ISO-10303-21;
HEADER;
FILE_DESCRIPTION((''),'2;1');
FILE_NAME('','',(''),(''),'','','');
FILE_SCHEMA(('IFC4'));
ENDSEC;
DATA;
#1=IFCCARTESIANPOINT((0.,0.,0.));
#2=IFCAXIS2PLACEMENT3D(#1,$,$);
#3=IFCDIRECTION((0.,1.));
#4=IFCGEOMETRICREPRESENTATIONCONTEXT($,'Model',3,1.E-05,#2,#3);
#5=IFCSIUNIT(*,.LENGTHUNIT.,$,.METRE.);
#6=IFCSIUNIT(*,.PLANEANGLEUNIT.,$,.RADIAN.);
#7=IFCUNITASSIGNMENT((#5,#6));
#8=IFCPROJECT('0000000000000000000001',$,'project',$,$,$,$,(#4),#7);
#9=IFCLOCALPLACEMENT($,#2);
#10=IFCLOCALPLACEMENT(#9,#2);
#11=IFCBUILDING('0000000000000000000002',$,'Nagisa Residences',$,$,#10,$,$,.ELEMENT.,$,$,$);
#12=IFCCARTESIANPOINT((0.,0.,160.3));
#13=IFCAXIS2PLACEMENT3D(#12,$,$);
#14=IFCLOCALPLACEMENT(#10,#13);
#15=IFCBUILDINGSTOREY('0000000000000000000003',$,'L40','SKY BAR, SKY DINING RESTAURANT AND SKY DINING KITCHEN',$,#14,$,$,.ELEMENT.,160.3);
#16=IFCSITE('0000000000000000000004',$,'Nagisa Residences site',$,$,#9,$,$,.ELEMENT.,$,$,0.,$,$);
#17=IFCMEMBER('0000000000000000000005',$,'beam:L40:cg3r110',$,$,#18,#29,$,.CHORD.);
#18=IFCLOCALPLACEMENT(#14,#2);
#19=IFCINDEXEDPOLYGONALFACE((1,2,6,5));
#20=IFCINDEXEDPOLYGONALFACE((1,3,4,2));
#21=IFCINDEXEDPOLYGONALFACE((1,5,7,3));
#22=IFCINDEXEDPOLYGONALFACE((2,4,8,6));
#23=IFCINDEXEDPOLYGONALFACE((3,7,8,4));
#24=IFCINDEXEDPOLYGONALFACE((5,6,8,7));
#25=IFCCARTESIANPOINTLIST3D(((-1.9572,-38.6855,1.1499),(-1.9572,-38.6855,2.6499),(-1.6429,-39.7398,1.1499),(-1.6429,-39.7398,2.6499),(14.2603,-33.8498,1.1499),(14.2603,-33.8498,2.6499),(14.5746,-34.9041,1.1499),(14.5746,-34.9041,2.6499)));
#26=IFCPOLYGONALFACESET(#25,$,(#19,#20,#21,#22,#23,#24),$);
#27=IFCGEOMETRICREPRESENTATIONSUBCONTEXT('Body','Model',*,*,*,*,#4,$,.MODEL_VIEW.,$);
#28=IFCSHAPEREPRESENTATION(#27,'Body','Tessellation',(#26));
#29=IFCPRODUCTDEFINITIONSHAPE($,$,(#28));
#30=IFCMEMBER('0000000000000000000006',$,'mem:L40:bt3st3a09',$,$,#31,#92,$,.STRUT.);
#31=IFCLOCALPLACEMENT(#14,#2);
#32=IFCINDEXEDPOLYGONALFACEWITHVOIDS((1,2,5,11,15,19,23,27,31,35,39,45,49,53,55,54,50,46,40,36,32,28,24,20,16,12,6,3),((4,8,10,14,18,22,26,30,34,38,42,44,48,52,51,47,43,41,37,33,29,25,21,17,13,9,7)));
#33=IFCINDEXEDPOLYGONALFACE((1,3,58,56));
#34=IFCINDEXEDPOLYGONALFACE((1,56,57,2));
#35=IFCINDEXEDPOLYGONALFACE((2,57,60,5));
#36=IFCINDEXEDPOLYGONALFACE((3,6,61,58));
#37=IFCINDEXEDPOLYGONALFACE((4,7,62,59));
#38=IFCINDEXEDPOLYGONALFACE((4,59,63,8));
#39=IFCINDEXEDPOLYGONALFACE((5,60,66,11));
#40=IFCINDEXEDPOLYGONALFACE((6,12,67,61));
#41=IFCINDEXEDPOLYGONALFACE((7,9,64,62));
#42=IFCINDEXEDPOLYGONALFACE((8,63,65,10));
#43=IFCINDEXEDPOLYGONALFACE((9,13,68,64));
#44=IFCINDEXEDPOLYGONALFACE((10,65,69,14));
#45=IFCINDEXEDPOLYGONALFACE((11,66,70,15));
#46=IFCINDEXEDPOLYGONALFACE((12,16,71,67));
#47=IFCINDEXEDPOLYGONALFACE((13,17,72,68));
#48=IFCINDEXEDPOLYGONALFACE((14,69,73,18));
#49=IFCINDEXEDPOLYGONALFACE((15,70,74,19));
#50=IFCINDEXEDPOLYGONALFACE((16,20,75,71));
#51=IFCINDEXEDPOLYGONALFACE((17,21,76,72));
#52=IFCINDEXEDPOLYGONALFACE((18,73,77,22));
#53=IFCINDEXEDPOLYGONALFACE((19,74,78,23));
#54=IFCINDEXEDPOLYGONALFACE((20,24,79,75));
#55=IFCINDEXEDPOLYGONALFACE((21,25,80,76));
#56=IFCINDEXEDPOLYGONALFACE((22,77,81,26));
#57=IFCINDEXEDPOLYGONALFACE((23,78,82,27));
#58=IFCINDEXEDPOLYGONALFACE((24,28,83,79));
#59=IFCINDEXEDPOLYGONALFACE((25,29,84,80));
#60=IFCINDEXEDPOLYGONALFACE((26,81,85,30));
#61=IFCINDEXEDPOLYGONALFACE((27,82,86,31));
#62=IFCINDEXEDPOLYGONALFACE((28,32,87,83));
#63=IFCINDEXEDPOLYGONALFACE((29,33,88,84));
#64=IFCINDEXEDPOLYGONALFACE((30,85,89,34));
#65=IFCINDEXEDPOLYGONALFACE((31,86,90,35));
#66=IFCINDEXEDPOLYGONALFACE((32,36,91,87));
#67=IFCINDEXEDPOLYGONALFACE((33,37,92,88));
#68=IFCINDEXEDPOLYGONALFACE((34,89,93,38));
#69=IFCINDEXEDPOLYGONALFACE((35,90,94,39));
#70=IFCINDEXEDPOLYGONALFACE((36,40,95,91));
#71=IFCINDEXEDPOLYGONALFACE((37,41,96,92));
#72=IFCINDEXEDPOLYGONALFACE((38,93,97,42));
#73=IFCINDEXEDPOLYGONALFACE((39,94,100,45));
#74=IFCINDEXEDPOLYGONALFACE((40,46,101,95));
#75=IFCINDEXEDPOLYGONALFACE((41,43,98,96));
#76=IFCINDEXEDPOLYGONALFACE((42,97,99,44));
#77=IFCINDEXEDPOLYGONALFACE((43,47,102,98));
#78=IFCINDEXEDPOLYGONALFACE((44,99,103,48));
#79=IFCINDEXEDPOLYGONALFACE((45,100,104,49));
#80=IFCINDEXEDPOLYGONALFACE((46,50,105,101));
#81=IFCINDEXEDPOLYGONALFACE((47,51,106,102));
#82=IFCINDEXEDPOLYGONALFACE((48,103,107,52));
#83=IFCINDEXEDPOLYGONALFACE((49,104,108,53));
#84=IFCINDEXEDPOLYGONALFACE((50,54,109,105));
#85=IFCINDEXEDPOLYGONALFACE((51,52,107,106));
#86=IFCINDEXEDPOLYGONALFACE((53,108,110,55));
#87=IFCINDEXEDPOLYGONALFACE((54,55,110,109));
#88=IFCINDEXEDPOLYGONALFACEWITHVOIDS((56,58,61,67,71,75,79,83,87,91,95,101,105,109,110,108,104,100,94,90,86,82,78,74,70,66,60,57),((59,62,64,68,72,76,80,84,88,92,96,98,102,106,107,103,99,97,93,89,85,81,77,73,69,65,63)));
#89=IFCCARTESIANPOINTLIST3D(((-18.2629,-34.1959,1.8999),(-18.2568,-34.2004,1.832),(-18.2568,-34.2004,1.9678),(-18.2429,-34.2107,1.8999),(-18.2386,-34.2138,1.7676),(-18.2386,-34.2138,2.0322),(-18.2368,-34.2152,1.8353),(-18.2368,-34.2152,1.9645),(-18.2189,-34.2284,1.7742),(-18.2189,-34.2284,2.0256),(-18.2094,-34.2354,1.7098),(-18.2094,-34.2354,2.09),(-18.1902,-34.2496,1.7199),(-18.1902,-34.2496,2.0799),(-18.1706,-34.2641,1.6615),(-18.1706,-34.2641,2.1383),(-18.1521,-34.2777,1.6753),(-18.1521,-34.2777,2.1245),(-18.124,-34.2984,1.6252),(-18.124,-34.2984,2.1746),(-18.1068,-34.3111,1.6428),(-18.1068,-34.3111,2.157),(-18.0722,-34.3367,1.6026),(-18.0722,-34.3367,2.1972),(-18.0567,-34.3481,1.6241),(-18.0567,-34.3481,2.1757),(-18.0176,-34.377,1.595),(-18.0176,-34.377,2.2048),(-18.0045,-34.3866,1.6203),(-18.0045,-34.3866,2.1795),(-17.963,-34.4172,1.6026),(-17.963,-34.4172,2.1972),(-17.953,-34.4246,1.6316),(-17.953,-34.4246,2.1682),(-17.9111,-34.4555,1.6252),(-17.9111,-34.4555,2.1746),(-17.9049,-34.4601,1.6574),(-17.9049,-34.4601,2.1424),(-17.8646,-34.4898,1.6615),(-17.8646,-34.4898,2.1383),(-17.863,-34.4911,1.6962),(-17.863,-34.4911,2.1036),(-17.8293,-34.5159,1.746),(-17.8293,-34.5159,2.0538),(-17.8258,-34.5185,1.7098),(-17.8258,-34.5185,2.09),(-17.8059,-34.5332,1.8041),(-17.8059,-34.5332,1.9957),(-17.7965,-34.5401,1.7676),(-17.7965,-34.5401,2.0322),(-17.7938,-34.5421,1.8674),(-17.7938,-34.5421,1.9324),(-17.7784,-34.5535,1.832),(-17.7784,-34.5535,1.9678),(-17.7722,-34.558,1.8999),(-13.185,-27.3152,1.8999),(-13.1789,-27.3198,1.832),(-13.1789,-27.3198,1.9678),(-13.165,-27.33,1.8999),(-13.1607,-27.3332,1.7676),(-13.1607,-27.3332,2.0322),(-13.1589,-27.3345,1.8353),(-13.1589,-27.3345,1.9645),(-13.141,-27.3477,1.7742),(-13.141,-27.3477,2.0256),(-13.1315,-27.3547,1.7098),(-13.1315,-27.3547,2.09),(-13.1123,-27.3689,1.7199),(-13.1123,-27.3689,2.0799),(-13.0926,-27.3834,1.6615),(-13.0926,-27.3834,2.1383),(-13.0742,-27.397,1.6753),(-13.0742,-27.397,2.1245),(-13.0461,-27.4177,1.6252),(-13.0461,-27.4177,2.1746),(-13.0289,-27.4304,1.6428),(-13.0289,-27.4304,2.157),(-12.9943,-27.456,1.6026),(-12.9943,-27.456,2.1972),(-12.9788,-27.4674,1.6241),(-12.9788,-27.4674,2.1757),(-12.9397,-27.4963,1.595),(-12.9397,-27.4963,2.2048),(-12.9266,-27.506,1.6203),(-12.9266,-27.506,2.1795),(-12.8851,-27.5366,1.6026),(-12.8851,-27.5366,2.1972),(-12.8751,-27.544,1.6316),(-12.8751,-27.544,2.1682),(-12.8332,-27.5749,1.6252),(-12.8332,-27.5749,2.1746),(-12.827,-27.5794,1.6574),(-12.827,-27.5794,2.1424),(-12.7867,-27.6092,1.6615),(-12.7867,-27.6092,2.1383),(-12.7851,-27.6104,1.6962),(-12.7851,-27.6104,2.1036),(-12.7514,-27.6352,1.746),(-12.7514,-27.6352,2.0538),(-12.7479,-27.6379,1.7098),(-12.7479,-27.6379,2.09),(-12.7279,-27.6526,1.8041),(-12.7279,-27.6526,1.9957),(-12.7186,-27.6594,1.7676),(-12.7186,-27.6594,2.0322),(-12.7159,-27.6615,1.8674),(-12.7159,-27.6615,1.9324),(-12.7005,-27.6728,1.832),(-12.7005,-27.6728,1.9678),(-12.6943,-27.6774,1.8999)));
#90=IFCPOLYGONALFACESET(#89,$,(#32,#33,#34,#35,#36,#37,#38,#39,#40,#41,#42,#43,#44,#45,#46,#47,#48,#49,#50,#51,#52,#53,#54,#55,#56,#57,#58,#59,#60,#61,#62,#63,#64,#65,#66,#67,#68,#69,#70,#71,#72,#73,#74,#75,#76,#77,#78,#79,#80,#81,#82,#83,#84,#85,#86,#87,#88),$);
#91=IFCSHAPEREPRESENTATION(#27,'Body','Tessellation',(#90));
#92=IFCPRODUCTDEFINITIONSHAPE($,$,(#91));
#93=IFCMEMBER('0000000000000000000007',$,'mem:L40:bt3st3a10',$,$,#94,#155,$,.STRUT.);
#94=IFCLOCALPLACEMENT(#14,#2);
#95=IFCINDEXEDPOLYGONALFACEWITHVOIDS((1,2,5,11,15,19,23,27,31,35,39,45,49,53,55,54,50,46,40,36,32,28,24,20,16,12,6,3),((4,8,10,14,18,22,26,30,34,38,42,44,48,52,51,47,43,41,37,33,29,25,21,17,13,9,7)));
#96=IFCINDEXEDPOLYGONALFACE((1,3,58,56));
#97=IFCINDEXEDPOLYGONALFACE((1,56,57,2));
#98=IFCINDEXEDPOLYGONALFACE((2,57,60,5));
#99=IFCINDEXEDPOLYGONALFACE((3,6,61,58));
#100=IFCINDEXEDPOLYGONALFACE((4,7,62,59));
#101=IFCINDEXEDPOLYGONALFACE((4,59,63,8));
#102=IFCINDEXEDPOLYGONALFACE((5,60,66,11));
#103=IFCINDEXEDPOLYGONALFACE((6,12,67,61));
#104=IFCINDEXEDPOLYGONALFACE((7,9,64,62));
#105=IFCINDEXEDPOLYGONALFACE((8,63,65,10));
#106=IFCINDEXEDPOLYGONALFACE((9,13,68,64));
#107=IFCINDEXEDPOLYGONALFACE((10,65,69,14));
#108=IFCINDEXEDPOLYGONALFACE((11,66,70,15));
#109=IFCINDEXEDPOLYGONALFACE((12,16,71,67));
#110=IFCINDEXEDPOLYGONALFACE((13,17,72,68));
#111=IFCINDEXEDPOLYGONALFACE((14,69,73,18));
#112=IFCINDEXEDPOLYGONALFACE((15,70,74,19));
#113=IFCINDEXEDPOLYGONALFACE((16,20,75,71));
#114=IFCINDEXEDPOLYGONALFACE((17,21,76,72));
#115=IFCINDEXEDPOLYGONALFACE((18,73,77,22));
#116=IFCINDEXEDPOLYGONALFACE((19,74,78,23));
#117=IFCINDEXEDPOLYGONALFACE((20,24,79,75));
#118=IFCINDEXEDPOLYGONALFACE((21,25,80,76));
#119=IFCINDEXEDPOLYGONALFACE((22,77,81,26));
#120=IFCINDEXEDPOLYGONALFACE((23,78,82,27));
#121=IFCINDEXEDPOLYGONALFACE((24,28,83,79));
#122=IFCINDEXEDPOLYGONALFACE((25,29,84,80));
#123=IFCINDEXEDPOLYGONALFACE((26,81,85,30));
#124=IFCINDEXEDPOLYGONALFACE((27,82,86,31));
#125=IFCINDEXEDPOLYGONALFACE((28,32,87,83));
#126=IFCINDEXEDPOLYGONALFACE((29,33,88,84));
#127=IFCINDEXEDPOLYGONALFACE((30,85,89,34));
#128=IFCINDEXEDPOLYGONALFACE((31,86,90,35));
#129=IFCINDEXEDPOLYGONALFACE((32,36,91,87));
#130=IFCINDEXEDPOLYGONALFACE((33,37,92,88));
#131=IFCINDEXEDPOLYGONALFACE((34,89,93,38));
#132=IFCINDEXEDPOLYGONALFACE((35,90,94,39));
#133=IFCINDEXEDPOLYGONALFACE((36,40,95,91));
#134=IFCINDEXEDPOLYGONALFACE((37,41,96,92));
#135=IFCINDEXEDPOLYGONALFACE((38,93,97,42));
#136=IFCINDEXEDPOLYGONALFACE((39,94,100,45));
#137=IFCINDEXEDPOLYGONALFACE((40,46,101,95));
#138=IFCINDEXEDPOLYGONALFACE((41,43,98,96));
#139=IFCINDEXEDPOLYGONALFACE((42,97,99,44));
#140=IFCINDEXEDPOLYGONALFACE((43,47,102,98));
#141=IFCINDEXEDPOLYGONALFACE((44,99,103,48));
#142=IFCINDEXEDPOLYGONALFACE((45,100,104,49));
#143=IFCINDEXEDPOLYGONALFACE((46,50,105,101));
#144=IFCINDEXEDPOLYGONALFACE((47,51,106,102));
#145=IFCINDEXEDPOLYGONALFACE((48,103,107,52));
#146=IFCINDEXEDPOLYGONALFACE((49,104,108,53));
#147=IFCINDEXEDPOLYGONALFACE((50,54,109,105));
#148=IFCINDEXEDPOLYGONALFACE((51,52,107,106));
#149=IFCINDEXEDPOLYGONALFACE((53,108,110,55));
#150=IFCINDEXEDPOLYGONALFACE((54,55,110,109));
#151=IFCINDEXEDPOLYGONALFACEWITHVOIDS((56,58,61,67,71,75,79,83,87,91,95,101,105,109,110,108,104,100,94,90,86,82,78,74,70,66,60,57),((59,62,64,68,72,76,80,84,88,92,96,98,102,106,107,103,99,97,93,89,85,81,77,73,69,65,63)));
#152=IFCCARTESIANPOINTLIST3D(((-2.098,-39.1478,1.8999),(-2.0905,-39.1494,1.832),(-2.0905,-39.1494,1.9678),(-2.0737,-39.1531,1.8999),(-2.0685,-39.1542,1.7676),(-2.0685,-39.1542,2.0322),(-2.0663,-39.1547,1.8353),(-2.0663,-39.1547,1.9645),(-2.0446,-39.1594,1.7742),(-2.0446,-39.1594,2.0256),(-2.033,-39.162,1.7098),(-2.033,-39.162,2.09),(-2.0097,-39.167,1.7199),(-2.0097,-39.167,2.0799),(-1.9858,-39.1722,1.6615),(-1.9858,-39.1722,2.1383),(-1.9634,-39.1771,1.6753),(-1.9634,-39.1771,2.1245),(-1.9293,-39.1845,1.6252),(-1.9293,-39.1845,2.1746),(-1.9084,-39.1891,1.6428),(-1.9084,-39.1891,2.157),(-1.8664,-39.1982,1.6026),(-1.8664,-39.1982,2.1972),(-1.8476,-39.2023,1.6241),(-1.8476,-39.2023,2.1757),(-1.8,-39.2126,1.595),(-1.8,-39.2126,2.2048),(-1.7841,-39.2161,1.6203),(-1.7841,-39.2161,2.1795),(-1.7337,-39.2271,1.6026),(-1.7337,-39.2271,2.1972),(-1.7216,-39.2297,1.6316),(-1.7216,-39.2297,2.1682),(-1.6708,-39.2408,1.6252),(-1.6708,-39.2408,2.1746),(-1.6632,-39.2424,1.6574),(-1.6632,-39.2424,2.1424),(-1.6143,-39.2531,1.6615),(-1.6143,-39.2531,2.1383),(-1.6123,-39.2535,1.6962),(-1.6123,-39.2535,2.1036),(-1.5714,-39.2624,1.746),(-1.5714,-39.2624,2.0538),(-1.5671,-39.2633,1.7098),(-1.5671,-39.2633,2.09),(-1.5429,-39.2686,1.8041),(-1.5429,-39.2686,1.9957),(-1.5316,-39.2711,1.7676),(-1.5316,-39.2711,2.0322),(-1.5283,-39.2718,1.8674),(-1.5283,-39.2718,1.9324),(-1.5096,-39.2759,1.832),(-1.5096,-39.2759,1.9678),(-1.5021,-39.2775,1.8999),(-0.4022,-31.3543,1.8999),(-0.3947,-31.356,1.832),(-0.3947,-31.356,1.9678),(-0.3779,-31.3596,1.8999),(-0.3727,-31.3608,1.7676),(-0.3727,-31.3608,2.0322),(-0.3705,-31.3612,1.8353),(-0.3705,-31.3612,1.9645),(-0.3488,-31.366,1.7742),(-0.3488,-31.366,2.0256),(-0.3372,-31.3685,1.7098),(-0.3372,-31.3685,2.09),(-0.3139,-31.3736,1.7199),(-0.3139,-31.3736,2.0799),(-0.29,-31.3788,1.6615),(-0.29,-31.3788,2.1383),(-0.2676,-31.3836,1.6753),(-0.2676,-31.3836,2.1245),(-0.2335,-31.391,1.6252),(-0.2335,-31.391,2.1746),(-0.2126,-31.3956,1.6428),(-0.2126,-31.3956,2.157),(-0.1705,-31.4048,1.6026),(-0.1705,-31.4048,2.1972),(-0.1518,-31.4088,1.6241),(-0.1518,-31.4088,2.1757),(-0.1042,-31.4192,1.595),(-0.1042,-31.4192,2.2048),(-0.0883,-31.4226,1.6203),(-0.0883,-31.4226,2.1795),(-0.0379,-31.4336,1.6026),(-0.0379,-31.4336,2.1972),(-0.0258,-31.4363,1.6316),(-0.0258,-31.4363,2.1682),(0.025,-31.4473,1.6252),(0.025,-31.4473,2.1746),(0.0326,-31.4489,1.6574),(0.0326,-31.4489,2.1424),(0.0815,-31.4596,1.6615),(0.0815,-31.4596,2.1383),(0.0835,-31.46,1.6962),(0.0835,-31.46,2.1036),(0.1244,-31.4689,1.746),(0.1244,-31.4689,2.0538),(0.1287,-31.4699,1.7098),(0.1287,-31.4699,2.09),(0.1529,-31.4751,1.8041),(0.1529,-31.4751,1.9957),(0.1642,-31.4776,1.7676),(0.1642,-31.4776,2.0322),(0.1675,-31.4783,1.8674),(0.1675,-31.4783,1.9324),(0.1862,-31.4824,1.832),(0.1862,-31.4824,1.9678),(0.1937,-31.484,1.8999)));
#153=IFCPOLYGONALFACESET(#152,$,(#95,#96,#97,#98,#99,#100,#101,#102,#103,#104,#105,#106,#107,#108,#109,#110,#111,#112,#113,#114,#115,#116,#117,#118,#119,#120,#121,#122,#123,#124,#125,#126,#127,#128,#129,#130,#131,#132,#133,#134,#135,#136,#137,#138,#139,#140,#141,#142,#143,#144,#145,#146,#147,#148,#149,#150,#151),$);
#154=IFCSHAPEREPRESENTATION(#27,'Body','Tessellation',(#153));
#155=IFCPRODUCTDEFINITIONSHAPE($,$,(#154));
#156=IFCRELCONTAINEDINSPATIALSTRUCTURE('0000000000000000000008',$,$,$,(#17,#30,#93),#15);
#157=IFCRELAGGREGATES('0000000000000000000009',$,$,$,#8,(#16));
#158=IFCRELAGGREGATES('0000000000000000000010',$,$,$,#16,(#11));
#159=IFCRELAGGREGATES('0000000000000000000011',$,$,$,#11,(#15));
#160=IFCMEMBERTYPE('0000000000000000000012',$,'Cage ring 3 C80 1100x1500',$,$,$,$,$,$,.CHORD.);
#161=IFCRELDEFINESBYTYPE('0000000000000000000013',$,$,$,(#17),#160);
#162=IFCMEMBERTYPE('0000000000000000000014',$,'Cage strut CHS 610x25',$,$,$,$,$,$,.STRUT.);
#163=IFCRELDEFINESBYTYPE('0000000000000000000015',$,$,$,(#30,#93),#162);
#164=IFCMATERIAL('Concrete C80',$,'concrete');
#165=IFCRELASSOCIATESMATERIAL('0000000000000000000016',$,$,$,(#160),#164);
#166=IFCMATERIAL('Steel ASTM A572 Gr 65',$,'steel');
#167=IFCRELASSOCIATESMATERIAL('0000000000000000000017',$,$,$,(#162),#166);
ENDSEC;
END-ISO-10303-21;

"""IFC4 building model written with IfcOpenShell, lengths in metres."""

from ifc_helpers import new_model, si_unit, direction, frame, origin, origin_2d, place, context, subcontext, project, spatial, rectangle, hollow_circle, extrude, material, material_profile, profile_set, type_object, element, save


model = new_model("IFC4")

# Units and contexts
model_context = context("Model", 3, precision=1e-05, world=origin(), true_north=direction((0.0, 1.0)))
body_context = subcontext(model_context, "Body", "Model", "MODEL_VIEW")
ifc_project = project(units=[si_unit("LENGTHUNIT", "METRE"), si_unit("PLANEANGLEUNIT", "RADIAN")], contexts=[model_context])

# Site, building, storey
site_placement = place(None, origin())
site = spatial("IfcSite", under=ifc_project, at=site_placement, Name="Nagisa Residences site", CompositionType="ELEMENT", RefElevation=0.0)
building_placement = place(site_placement, origin())
building = spatial("IfcBuilding", under=site, at=building_placement, Name="Nagisa Residences", CompositionType="ELEMENT")
storey_placement = place(building_placement, frame((0.0, 0.0, 160.3)))
storey = spatial("IfcBuildingStorey", under=building, at=storey_placement, Name="L40", Description="SKY BAR, SKY DINING RESTAURANT AND SKY DINING KITCHEN", CompositionType="ELEMENT", Elevation=160.3)

# Members
ifc_material_1 = material(Name="Concrete C80", Category="concrete")
ifc_material_profile_1 = material_profile(ifc_material_1, rectangle(XDim=1.1001, YDim=1.5, at=origin_2d()), Name="C80 1100x1500")
ifc_profile_set_1 = profile_set([ifc_material_profile_1], Name="Concrete C80")
member_type_1 = type_object("IfcMemberType", Name="Cage ring 3 C80 1100x1500", PredefinedType="CHORD", material=ifc_profile_set_1)
for number, where, z_axis, x_axis, name in (
    (1, (-1.8, -39.2126, 1.8999), (0.958306, 0.285745, 0.0), (-0.285745, 0.958306, 0.0), "beam:L40:cg3r110"),
):
    element("IfcMember", number, at=place(storey_placement, frame(where, z_axis=z_axis, x_axis=x_axis)), inside=storey, type_object=member_type_1, Name=name, PredefinedType="CHORD", context=body_context, shape_type="SweptSolid", body=[
        extrude(rectangle(XDim=1.1001, YDim=1.5, at=origin_2d()), origin(), (0.0, 0.0, 1.0), 16.9231),
    ])
ifc_material_2 = material(Name="Steel ASTM A572 Gr 65", Category="steel")
ifc_material_profile_2 = material_profile(ifc_material_2, hollow_circle(Radius=0.3049, WallThickness=0.0249, at=origin_2d()), Name="CHS 610x25")
ifc_profile_set_2 = profile_set([ifc_material_profile_2], Name="Steel ASTM A572 Gr 65")
member_type_2 = type_object("IfcMemberType", Name="Cage strut CHS 610x25", PredefinedType="STRUT", material=ifc_profile_set_2)
member_1_placement = place(storey_placement, frame((-18.0176, -34.377, 1.8999), z_axis=(0.593802, 0.804611, 0.0), x_axis=(-0.804611, 0.593802, 0.0)))
element("IfcMember", 2, at=member_1_placement, inside=storey, type_object=member_type_2, Name="mem:L40:bt3st3a09", PredefinedType="STRUT", context=body_context, shape_type="SweptSolid", body=[
    extrude(hollow_circle(Radius=0.3049, WallThickness=0.0249, at=origin_2d()), origin(), (0.0, 0.0, 1.0), 8.5515),
])
member_2_placement = place(storey_placement, frame((-1.8, -39.2126, 1.8999), z_axis=(0.212618, 0.977135, 0.0), x_axis=(-0.977135, 0.212618, 0.0)))
element("IfcMember", 3, at=member_2_placement, inside=storey, type_object=member_type_2, Name="mem:L40:bt3st3a10", PredefinedType="STRUT", context=body_context, shape_type="SweptSolid", body=[
    extrude(hollow_circle(Radius=0.3049, WallThickness=0.0249, at=origin_2d()), origin(), (0.0, 0.0, 1.0), 7.9758),
])

save(model, "model.ifc")
